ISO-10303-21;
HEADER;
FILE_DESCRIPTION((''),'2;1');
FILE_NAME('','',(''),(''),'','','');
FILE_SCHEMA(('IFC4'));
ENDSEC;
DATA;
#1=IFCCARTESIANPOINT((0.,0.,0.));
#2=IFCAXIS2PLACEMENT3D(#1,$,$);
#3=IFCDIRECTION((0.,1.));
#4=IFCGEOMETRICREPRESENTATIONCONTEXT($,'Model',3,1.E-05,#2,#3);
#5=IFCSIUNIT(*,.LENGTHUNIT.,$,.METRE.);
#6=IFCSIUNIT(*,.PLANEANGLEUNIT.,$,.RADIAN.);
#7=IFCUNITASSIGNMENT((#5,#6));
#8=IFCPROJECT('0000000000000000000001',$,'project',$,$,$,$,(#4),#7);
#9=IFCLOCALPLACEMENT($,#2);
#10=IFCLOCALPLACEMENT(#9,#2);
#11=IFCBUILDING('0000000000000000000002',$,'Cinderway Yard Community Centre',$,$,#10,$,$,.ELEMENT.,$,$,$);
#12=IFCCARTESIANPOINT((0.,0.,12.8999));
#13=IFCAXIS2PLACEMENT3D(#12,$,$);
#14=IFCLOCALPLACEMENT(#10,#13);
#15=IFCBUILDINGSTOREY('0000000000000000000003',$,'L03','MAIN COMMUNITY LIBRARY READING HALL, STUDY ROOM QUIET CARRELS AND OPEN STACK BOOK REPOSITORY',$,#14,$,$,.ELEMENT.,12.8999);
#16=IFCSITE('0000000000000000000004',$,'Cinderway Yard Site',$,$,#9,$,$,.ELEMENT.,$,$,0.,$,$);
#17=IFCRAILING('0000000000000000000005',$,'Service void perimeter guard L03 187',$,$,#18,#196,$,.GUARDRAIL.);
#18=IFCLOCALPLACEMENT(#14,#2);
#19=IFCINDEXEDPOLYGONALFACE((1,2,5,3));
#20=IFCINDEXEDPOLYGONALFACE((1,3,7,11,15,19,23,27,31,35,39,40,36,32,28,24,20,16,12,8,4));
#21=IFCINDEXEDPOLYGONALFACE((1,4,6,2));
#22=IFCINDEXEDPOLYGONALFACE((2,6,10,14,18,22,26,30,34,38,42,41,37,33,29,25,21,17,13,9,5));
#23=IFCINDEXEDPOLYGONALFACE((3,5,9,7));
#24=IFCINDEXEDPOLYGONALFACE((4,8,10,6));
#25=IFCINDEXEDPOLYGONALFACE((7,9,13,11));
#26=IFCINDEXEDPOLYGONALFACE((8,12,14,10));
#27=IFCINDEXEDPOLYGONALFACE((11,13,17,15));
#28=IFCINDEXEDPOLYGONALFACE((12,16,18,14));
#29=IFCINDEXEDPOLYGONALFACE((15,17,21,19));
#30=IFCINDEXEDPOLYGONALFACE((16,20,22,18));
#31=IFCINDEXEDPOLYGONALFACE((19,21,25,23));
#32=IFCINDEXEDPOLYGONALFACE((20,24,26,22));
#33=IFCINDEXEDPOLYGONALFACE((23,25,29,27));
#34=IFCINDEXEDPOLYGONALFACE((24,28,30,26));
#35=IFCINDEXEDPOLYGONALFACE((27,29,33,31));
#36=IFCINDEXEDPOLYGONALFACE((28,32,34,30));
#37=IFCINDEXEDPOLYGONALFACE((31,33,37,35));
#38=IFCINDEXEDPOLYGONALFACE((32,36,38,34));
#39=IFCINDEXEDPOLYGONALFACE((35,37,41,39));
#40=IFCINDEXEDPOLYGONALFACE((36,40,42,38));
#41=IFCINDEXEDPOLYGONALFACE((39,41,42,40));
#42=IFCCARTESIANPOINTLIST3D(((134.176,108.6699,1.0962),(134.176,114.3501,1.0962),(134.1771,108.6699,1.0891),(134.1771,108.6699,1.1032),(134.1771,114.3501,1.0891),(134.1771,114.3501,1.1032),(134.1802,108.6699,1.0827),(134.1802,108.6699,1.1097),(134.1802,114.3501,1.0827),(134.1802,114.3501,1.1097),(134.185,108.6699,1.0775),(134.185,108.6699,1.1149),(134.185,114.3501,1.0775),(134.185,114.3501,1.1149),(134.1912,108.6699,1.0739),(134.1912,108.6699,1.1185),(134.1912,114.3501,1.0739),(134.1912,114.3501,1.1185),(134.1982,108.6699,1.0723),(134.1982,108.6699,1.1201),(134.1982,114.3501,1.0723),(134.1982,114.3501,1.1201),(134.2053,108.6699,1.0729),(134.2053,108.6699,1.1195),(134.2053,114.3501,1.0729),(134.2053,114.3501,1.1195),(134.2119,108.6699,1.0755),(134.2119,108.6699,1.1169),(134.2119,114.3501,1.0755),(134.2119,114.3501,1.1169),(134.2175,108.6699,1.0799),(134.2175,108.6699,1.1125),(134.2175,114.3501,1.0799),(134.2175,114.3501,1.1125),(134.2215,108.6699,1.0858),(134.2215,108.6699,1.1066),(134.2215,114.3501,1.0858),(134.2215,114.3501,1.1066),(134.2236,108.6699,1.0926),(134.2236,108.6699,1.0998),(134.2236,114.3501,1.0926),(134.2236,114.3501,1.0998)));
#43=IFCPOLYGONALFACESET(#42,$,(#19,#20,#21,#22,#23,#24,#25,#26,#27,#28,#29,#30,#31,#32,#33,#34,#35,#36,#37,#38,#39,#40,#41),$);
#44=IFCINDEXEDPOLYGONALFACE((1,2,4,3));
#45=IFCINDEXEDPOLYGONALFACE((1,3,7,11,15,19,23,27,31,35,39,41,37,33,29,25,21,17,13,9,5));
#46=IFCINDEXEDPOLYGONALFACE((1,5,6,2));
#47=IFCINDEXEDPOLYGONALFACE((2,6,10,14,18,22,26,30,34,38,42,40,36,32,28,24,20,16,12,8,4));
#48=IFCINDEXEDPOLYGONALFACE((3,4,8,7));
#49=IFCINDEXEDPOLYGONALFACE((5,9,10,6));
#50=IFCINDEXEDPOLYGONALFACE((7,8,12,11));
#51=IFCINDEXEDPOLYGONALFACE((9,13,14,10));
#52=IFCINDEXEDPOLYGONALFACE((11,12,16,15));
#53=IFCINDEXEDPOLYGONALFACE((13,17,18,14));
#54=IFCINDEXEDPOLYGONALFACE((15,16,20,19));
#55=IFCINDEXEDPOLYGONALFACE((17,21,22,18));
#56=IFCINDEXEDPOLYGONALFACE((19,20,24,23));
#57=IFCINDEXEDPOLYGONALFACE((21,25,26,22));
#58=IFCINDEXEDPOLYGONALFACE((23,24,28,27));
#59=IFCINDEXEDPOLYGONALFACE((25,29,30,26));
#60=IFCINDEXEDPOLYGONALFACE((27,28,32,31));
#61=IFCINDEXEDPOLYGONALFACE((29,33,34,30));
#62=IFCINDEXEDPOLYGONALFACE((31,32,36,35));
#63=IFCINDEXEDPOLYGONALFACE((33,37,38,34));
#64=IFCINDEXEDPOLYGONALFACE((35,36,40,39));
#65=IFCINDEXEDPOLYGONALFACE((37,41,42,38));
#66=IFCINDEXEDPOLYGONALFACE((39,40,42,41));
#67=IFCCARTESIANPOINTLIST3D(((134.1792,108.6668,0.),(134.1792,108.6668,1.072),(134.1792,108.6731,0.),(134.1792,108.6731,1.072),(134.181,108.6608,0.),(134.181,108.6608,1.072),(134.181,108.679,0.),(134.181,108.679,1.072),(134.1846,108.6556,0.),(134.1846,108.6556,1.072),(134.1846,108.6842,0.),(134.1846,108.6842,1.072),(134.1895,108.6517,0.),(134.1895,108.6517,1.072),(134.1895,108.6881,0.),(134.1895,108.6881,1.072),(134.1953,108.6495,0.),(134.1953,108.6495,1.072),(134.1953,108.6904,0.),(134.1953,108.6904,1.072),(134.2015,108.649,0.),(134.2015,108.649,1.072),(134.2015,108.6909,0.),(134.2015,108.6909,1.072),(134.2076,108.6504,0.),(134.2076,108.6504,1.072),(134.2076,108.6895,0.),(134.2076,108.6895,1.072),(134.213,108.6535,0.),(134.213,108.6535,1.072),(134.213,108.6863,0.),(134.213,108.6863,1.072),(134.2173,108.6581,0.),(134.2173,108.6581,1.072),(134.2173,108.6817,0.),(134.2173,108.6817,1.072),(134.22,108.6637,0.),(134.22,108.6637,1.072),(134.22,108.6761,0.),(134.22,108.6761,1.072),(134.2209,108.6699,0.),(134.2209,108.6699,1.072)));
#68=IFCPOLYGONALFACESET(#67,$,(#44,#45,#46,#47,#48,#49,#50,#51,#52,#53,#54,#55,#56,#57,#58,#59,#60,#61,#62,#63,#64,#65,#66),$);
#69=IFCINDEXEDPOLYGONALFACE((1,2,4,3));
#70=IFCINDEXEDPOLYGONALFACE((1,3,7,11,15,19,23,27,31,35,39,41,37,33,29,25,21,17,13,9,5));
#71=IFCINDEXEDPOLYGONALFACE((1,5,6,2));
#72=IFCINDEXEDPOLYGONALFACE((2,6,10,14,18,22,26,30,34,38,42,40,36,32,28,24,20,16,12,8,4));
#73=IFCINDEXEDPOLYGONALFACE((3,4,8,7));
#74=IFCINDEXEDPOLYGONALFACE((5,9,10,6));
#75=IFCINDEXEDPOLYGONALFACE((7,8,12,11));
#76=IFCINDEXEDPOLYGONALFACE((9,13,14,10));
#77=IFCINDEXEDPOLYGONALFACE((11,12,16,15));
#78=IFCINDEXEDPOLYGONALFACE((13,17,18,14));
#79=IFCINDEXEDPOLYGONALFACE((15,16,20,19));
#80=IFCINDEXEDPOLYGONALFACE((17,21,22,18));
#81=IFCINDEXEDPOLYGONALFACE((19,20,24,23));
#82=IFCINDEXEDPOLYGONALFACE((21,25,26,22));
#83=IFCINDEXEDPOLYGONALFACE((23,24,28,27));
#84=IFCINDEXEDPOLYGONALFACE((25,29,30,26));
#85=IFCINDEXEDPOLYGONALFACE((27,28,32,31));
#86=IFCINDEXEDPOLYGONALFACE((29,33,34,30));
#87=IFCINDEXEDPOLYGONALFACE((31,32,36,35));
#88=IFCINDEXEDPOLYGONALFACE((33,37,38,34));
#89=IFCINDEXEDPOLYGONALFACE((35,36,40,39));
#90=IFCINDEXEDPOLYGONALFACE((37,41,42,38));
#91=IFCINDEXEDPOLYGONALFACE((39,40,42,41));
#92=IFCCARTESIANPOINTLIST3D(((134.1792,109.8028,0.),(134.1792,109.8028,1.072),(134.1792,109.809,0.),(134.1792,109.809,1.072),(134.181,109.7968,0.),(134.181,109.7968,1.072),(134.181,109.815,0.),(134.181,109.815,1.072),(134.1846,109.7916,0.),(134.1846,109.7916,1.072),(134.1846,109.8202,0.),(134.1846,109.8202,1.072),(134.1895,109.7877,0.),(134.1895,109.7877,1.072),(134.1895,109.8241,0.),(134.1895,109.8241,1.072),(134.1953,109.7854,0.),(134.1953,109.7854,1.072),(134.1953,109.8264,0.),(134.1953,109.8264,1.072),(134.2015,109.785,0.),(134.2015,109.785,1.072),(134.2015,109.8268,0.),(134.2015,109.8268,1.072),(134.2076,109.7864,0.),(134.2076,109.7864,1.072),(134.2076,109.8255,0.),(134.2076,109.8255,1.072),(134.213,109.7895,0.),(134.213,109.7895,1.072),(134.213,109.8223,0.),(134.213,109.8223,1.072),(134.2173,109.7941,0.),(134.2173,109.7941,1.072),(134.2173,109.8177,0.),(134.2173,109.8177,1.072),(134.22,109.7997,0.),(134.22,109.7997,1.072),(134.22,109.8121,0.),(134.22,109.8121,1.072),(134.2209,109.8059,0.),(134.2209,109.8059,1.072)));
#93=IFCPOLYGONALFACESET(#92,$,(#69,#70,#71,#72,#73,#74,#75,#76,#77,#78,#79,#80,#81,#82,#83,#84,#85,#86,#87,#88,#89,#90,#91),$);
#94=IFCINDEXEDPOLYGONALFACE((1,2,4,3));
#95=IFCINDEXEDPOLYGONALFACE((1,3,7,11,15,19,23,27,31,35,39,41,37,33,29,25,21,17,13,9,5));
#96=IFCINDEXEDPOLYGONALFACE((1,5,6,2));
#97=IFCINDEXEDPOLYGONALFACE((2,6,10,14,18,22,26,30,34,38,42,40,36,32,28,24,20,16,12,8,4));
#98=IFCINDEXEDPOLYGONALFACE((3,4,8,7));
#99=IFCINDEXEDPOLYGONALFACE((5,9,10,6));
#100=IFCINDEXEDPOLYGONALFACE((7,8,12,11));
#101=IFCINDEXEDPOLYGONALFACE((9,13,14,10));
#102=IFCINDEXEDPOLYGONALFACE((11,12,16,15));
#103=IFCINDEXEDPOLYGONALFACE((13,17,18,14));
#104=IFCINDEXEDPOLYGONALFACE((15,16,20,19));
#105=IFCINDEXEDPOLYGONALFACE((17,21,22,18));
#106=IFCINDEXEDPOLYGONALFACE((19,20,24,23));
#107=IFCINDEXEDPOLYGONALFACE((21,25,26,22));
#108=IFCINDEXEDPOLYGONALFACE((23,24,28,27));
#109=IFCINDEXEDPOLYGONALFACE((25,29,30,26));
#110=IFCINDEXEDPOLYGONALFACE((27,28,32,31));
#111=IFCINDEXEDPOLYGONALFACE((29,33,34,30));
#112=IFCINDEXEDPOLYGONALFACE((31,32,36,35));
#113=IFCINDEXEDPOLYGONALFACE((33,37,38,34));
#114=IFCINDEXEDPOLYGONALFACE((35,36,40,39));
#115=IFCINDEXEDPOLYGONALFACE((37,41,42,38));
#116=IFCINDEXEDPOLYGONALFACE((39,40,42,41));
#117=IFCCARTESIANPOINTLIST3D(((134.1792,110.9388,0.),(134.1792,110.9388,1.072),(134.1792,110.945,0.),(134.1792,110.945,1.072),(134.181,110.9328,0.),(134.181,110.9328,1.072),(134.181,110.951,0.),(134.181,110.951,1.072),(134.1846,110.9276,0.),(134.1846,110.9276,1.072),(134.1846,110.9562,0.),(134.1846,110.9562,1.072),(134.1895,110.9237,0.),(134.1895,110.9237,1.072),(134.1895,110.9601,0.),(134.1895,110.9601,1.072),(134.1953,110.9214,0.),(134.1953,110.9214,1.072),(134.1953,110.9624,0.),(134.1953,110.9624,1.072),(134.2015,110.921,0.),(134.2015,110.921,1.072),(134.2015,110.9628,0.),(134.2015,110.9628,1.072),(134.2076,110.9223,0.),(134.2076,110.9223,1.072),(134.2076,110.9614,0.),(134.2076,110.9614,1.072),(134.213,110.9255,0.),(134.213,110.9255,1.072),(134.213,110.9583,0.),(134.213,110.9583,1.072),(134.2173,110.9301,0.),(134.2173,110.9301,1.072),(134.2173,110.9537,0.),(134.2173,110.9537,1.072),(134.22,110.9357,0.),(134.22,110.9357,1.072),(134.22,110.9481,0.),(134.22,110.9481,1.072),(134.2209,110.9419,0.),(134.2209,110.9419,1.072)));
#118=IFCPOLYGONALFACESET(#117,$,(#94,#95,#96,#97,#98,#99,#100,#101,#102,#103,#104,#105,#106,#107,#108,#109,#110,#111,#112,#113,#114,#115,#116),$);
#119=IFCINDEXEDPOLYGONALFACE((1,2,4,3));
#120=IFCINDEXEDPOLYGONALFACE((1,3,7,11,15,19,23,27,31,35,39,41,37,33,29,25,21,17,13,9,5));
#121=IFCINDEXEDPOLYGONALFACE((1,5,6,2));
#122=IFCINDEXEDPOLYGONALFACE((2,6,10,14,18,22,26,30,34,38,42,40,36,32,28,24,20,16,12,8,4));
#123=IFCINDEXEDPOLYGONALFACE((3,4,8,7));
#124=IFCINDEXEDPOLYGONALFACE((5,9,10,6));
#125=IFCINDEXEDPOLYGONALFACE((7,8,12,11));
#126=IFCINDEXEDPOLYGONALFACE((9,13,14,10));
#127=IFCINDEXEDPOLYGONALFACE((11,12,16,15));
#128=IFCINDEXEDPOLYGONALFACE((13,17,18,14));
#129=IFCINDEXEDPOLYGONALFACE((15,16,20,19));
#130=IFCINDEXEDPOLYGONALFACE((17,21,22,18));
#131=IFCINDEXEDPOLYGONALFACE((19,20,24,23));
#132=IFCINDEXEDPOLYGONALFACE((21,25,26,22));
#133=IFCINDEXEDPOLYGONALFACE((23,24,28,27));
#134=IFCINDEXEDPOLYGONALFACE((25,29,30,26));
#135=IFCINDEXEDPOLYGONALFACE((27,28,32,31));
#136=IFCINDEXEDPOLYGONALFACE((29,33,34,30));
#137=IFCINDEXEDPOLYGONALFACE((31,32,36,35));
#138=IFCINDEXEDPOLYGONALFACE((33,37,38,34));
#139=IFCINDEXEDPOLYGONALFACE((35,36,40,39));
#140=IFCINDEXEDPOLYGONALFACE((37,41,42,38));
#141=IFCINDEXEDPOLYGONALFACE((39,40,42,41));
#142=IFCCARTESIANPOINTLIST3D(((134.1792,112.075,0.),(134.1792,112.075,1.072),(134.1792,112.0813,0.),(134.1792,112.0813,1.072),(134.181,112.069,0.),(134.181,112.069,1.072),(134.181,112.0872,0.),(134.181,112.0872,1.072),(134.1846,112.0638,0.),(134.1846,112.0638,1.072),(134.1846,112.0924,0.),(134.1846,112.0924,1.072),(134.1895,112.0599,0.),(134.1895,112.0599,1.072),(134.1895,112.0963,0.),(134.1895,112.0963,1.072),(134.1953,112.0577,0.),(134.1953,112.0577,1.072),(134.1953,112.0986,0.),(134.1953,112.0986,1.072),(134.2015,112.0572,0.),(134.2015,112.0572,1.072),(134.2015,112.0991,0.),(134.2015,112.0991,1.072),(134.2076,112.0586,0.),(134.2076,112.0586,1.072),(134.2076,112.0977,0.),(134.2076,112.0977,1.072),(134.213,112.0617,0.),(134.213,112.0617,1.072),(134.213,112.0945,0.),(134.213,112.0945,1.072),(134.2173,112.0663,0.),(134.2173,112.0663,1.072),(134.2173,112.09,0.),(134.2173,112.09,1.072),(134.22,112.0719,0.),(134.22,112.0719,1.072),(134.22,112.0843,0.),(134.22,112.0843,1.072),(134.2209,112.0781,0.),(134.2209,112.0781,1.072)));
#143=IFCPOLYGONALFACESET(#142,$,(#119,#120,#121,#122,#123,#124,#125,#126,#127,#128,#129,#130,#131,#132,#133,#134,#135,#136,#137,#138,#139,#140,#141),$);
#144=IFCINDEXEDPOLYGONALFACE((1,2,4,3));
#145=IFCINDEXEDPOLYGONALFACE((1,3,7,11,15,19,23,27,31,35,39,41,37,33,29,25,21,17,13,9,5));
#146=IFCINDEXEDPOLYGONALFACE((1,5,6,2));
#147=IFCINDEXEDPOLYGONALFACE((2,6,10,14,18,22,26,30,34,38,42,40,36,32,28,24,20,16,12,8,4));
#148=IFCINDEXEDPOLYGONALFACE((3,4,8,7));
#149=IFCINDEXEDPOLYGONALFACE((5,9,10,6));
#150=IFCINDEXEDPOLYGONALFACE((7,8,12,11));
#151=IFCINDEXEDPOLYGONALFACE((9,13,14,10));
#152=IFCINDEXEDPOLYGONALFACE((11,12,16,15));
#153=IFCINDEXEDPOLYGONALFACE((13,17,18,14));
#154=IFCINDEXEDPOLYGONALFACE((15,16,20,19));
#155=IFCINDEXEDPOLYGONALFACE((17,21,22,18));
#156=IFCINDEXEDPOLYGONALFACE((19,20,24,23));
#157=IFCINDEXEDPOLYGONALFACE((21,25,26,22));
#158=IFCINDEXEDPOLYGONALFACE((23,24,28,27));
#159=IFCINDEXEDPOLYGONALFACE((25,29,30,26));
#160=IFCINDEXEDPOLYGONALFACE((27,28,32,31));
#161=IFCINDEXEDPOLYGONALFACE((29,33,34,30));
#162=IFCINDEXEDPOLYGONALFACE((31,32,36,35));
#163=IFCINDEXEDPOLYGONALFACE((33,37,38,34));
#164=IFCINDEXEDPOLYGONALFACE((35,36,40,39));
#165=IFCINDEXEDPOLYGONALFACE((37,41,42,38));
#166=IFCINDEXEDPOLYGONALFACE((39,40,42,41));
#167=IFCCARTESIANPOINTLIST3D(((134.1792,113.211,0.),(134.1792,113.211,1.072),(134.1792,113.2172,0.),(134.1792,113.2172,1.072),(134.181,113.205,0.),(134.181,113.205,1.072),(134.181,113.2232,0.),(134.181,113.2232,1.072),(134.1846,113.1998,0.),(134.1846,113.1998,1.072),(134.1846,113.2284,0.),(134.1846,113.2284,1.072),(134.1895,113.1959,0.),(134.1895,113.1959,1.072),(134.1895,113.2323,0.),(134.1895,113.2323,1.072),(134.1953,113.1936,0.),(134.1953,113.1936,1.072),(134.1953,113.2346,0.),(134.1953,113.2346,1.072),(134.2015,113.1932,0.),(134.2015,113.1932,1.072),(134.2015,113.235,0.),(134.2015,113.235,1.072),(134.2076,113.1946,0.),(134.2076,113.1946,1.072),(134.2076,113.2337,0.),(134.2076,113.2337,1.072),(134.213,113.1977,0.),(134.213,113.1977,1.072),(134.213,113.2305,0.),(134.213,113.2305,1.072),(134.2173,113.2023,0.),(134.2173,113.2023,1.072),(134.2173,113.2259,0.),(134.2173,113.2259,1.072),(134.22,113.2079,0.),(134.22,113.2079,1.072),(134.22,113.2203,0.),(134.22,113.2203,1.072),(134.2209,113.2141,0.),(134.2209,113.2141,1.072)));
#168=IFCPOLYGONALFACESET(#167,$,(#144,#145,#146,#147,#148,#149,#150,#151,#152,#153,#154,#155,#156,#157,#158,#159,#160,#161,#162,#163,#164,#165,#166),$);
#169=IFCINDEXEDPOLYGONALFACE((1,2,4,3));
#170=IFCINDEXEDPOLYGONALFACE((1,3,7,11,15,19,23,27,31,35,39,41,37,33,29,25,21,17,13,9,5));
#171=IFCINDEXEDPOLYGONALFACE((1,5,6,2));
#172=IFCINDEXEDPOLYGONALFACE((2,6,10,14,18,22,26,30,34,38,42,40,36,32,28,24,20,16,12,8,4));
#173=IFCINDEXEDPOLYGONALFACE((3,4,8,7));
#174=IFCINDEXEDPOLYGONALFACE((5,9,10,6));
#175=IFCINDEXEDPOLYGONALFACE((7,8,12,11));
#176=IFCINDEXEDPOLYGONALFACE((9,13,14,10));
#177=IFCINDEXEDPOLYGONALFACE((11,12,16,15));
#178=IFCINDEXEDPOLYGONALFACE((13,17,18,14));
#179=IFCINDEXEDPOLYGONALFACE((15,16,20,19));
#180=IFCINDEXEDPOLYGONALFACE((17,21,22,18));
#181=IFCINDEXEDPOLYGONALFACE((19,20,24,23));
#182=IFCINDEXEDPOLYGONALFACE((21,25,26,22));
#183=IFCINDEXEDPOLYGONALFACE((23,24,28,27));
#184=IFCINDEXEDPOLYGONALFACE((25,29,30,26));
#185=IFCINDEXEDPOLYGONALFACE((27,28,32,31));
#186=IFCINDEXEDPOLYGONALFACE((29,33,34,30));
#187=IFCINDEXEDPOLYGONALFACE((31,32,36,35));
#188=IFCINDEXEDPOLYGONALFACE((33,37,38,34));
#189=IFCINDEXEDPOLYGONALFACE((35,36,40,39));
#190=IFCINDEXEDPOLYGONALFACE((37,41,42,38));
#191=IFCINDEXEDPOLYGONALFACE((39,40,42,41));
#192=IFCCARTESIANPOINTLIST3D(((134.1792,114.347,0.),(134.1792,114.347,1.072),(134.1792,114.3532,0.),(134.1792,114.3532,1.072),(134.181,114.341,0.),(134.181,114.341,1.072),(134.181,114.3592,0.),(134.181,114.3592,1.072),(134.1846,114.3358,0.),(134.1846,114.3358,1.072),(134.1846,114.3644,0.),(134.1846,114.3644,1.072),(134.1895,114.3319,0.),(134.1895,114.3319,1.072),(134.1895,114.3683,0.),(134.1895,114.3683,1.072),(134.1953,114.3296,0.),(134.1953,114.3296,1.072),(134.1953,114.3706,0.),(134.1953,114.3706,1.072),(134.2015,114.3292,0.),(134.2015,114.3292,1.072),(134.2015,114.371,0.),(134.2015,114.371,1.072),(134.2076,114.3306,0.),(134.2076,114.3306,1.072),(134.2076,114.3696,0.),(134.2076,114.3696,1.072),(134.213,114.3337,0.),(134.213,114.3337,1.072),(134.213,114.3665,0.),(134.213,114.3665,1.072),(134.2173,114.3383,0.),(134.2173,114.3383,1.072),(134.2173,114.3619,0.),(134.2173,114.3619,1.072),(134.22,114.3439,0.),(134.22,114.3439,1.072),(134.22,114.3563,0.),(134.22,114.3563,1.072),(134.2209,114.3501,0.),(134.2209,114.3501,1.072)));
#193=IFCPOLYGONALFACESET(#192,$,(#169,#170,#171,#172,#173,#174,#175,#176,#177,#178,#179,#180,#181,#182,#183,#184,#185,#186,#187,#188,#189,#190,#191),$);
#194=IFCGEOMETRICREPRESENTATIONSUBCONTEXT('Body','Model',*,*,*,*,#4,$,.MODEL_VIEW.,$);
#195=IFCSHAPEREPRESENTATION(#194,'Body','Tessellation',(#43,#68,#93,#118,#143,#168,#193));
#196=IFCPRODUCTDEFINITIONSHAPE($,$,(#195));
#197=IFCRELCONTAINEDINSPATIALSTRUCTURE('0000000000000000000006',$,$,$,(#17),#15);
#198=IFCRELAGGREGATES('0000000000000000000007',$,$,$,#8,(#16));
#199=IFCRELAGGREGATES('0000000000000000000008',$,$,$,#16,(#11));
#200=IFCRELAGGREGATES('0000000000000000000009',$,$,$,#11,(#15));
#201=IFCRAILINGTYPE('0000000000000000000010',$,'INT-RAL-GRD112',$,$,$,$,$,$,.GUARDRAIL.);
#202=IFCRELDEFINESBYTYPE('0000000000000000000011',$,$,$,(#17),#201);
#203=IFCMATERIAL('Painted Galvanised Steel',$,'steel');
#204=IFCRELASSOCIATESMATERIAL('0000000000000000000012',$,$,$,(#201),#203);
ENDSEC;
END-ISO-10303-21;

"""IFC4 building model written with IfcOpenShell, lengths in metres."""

from ifc_helpers import new_model, si_unit, direction, frame, origin, origin_2d, place, context, subcontext, project, spatial, circle, extrude, material, type_object, element, save


model = new_model("IFC4")

# Units and contexts
model_context = context("Model", 3, precision=1e-05, world=origin(), true_north=direction((0.0, 1.0)))
body_context = subcontext(model_context, "Body", "Model", "MODEL_VIEW")
ifc_project = project(units=[si_unit("LENGTHUNIT", "METRE"), si_unit("PLANEANGLEUNIT", "RADIAN")], contexts=[model_context])

# Site, building, storey
site_placement = place(None, origin())
site = spatial("IfcSite", under=ifc_project, at=site_placement, Name="Cinderway Yard Site", CompositionType="ELEMENT", RefElevation=0.0)
building_placement = place(site_placement, origin())
building = spatial("IfcBuilding", under=site, at=building_placement, Name="Cinderway Yard Community Centre", CompositionType="ELEMENT")
storey_placement = place(building_placement, frame((0.0, 0.0, 12.8999)))
storey = spatial("IfcBuildingStorey", under=building, at=storey_placement, Name="L03", Description="MAIN COMMUNITY LIBRARY READING HALL, STUDY ROOM QUIET CARRELS AND OPEN STACK BOOK REPOSITORY", CompositionType="ELEMENT", Elevation=12.8999)

# Shared definitions
ifc_material_1 = material(Name="Painted Galvanised Steel", Category="steel")

# Railing
railing_type = type_object("IfcRailingType", Name="INT-RAL-GRD112", PredefinedType="GUARDRAIL", material=ifc_material_1)
railing_1_placement = place(storey_placement, frame((134.2, 108.6699, 0.0)))
element("IfcRailing", 1, at=railing_1_placement, inside=storey, type_object=railing_type, Name="Service void perimeter guard L03 187", PredefinedType="GUARDRAIL", context=body_context, shape_type="SweptSolid", body=[
    extrude(circle(Radius=0.0239, at=origin_2d()), frame((0.0, 0.0, 1.0962), z_axis=(0.0, 1.0, 0.0), x_axis=(-1.0, 0.0, 0.0)), (0.0, 0.0, 1.0), 5.6802),
    extrude(circle(Radius=0.021, at=origin_2d()), origin(), (0.0, 0.0, 1.0), 1.072),
    extrude(circle(Radius=0.021, at=origin_2d()), frame((0.0, 1.136, 0.0)), (0.0, 0.0, 1.0), 1.072),
    extrude(circle(Radius=0.021, at=origin_2d()), frame((0.0, 2.272, 0.0)), (0.0, 0.0, 1.0), 1.072),
    extrude(circle(Radius=0.021, at=origin_2d()), frame((0.0, 3.4082, 0.0)), (0.0, 0.0, 1.0), 1.072),
    extrude(circle(Radius=0.021, at=origin_2d()), frame((0.0, 4.5442, 0.0)), (0.0, 0.0, 1.0), 1.072),
    extrude(circle(Radius=0.021, at=origin_2d()), frame((0.0, 5.6802, 0.0)), (0.0, 0.0, 1.0), 1.072),
])

save(model, "model.ifc")
